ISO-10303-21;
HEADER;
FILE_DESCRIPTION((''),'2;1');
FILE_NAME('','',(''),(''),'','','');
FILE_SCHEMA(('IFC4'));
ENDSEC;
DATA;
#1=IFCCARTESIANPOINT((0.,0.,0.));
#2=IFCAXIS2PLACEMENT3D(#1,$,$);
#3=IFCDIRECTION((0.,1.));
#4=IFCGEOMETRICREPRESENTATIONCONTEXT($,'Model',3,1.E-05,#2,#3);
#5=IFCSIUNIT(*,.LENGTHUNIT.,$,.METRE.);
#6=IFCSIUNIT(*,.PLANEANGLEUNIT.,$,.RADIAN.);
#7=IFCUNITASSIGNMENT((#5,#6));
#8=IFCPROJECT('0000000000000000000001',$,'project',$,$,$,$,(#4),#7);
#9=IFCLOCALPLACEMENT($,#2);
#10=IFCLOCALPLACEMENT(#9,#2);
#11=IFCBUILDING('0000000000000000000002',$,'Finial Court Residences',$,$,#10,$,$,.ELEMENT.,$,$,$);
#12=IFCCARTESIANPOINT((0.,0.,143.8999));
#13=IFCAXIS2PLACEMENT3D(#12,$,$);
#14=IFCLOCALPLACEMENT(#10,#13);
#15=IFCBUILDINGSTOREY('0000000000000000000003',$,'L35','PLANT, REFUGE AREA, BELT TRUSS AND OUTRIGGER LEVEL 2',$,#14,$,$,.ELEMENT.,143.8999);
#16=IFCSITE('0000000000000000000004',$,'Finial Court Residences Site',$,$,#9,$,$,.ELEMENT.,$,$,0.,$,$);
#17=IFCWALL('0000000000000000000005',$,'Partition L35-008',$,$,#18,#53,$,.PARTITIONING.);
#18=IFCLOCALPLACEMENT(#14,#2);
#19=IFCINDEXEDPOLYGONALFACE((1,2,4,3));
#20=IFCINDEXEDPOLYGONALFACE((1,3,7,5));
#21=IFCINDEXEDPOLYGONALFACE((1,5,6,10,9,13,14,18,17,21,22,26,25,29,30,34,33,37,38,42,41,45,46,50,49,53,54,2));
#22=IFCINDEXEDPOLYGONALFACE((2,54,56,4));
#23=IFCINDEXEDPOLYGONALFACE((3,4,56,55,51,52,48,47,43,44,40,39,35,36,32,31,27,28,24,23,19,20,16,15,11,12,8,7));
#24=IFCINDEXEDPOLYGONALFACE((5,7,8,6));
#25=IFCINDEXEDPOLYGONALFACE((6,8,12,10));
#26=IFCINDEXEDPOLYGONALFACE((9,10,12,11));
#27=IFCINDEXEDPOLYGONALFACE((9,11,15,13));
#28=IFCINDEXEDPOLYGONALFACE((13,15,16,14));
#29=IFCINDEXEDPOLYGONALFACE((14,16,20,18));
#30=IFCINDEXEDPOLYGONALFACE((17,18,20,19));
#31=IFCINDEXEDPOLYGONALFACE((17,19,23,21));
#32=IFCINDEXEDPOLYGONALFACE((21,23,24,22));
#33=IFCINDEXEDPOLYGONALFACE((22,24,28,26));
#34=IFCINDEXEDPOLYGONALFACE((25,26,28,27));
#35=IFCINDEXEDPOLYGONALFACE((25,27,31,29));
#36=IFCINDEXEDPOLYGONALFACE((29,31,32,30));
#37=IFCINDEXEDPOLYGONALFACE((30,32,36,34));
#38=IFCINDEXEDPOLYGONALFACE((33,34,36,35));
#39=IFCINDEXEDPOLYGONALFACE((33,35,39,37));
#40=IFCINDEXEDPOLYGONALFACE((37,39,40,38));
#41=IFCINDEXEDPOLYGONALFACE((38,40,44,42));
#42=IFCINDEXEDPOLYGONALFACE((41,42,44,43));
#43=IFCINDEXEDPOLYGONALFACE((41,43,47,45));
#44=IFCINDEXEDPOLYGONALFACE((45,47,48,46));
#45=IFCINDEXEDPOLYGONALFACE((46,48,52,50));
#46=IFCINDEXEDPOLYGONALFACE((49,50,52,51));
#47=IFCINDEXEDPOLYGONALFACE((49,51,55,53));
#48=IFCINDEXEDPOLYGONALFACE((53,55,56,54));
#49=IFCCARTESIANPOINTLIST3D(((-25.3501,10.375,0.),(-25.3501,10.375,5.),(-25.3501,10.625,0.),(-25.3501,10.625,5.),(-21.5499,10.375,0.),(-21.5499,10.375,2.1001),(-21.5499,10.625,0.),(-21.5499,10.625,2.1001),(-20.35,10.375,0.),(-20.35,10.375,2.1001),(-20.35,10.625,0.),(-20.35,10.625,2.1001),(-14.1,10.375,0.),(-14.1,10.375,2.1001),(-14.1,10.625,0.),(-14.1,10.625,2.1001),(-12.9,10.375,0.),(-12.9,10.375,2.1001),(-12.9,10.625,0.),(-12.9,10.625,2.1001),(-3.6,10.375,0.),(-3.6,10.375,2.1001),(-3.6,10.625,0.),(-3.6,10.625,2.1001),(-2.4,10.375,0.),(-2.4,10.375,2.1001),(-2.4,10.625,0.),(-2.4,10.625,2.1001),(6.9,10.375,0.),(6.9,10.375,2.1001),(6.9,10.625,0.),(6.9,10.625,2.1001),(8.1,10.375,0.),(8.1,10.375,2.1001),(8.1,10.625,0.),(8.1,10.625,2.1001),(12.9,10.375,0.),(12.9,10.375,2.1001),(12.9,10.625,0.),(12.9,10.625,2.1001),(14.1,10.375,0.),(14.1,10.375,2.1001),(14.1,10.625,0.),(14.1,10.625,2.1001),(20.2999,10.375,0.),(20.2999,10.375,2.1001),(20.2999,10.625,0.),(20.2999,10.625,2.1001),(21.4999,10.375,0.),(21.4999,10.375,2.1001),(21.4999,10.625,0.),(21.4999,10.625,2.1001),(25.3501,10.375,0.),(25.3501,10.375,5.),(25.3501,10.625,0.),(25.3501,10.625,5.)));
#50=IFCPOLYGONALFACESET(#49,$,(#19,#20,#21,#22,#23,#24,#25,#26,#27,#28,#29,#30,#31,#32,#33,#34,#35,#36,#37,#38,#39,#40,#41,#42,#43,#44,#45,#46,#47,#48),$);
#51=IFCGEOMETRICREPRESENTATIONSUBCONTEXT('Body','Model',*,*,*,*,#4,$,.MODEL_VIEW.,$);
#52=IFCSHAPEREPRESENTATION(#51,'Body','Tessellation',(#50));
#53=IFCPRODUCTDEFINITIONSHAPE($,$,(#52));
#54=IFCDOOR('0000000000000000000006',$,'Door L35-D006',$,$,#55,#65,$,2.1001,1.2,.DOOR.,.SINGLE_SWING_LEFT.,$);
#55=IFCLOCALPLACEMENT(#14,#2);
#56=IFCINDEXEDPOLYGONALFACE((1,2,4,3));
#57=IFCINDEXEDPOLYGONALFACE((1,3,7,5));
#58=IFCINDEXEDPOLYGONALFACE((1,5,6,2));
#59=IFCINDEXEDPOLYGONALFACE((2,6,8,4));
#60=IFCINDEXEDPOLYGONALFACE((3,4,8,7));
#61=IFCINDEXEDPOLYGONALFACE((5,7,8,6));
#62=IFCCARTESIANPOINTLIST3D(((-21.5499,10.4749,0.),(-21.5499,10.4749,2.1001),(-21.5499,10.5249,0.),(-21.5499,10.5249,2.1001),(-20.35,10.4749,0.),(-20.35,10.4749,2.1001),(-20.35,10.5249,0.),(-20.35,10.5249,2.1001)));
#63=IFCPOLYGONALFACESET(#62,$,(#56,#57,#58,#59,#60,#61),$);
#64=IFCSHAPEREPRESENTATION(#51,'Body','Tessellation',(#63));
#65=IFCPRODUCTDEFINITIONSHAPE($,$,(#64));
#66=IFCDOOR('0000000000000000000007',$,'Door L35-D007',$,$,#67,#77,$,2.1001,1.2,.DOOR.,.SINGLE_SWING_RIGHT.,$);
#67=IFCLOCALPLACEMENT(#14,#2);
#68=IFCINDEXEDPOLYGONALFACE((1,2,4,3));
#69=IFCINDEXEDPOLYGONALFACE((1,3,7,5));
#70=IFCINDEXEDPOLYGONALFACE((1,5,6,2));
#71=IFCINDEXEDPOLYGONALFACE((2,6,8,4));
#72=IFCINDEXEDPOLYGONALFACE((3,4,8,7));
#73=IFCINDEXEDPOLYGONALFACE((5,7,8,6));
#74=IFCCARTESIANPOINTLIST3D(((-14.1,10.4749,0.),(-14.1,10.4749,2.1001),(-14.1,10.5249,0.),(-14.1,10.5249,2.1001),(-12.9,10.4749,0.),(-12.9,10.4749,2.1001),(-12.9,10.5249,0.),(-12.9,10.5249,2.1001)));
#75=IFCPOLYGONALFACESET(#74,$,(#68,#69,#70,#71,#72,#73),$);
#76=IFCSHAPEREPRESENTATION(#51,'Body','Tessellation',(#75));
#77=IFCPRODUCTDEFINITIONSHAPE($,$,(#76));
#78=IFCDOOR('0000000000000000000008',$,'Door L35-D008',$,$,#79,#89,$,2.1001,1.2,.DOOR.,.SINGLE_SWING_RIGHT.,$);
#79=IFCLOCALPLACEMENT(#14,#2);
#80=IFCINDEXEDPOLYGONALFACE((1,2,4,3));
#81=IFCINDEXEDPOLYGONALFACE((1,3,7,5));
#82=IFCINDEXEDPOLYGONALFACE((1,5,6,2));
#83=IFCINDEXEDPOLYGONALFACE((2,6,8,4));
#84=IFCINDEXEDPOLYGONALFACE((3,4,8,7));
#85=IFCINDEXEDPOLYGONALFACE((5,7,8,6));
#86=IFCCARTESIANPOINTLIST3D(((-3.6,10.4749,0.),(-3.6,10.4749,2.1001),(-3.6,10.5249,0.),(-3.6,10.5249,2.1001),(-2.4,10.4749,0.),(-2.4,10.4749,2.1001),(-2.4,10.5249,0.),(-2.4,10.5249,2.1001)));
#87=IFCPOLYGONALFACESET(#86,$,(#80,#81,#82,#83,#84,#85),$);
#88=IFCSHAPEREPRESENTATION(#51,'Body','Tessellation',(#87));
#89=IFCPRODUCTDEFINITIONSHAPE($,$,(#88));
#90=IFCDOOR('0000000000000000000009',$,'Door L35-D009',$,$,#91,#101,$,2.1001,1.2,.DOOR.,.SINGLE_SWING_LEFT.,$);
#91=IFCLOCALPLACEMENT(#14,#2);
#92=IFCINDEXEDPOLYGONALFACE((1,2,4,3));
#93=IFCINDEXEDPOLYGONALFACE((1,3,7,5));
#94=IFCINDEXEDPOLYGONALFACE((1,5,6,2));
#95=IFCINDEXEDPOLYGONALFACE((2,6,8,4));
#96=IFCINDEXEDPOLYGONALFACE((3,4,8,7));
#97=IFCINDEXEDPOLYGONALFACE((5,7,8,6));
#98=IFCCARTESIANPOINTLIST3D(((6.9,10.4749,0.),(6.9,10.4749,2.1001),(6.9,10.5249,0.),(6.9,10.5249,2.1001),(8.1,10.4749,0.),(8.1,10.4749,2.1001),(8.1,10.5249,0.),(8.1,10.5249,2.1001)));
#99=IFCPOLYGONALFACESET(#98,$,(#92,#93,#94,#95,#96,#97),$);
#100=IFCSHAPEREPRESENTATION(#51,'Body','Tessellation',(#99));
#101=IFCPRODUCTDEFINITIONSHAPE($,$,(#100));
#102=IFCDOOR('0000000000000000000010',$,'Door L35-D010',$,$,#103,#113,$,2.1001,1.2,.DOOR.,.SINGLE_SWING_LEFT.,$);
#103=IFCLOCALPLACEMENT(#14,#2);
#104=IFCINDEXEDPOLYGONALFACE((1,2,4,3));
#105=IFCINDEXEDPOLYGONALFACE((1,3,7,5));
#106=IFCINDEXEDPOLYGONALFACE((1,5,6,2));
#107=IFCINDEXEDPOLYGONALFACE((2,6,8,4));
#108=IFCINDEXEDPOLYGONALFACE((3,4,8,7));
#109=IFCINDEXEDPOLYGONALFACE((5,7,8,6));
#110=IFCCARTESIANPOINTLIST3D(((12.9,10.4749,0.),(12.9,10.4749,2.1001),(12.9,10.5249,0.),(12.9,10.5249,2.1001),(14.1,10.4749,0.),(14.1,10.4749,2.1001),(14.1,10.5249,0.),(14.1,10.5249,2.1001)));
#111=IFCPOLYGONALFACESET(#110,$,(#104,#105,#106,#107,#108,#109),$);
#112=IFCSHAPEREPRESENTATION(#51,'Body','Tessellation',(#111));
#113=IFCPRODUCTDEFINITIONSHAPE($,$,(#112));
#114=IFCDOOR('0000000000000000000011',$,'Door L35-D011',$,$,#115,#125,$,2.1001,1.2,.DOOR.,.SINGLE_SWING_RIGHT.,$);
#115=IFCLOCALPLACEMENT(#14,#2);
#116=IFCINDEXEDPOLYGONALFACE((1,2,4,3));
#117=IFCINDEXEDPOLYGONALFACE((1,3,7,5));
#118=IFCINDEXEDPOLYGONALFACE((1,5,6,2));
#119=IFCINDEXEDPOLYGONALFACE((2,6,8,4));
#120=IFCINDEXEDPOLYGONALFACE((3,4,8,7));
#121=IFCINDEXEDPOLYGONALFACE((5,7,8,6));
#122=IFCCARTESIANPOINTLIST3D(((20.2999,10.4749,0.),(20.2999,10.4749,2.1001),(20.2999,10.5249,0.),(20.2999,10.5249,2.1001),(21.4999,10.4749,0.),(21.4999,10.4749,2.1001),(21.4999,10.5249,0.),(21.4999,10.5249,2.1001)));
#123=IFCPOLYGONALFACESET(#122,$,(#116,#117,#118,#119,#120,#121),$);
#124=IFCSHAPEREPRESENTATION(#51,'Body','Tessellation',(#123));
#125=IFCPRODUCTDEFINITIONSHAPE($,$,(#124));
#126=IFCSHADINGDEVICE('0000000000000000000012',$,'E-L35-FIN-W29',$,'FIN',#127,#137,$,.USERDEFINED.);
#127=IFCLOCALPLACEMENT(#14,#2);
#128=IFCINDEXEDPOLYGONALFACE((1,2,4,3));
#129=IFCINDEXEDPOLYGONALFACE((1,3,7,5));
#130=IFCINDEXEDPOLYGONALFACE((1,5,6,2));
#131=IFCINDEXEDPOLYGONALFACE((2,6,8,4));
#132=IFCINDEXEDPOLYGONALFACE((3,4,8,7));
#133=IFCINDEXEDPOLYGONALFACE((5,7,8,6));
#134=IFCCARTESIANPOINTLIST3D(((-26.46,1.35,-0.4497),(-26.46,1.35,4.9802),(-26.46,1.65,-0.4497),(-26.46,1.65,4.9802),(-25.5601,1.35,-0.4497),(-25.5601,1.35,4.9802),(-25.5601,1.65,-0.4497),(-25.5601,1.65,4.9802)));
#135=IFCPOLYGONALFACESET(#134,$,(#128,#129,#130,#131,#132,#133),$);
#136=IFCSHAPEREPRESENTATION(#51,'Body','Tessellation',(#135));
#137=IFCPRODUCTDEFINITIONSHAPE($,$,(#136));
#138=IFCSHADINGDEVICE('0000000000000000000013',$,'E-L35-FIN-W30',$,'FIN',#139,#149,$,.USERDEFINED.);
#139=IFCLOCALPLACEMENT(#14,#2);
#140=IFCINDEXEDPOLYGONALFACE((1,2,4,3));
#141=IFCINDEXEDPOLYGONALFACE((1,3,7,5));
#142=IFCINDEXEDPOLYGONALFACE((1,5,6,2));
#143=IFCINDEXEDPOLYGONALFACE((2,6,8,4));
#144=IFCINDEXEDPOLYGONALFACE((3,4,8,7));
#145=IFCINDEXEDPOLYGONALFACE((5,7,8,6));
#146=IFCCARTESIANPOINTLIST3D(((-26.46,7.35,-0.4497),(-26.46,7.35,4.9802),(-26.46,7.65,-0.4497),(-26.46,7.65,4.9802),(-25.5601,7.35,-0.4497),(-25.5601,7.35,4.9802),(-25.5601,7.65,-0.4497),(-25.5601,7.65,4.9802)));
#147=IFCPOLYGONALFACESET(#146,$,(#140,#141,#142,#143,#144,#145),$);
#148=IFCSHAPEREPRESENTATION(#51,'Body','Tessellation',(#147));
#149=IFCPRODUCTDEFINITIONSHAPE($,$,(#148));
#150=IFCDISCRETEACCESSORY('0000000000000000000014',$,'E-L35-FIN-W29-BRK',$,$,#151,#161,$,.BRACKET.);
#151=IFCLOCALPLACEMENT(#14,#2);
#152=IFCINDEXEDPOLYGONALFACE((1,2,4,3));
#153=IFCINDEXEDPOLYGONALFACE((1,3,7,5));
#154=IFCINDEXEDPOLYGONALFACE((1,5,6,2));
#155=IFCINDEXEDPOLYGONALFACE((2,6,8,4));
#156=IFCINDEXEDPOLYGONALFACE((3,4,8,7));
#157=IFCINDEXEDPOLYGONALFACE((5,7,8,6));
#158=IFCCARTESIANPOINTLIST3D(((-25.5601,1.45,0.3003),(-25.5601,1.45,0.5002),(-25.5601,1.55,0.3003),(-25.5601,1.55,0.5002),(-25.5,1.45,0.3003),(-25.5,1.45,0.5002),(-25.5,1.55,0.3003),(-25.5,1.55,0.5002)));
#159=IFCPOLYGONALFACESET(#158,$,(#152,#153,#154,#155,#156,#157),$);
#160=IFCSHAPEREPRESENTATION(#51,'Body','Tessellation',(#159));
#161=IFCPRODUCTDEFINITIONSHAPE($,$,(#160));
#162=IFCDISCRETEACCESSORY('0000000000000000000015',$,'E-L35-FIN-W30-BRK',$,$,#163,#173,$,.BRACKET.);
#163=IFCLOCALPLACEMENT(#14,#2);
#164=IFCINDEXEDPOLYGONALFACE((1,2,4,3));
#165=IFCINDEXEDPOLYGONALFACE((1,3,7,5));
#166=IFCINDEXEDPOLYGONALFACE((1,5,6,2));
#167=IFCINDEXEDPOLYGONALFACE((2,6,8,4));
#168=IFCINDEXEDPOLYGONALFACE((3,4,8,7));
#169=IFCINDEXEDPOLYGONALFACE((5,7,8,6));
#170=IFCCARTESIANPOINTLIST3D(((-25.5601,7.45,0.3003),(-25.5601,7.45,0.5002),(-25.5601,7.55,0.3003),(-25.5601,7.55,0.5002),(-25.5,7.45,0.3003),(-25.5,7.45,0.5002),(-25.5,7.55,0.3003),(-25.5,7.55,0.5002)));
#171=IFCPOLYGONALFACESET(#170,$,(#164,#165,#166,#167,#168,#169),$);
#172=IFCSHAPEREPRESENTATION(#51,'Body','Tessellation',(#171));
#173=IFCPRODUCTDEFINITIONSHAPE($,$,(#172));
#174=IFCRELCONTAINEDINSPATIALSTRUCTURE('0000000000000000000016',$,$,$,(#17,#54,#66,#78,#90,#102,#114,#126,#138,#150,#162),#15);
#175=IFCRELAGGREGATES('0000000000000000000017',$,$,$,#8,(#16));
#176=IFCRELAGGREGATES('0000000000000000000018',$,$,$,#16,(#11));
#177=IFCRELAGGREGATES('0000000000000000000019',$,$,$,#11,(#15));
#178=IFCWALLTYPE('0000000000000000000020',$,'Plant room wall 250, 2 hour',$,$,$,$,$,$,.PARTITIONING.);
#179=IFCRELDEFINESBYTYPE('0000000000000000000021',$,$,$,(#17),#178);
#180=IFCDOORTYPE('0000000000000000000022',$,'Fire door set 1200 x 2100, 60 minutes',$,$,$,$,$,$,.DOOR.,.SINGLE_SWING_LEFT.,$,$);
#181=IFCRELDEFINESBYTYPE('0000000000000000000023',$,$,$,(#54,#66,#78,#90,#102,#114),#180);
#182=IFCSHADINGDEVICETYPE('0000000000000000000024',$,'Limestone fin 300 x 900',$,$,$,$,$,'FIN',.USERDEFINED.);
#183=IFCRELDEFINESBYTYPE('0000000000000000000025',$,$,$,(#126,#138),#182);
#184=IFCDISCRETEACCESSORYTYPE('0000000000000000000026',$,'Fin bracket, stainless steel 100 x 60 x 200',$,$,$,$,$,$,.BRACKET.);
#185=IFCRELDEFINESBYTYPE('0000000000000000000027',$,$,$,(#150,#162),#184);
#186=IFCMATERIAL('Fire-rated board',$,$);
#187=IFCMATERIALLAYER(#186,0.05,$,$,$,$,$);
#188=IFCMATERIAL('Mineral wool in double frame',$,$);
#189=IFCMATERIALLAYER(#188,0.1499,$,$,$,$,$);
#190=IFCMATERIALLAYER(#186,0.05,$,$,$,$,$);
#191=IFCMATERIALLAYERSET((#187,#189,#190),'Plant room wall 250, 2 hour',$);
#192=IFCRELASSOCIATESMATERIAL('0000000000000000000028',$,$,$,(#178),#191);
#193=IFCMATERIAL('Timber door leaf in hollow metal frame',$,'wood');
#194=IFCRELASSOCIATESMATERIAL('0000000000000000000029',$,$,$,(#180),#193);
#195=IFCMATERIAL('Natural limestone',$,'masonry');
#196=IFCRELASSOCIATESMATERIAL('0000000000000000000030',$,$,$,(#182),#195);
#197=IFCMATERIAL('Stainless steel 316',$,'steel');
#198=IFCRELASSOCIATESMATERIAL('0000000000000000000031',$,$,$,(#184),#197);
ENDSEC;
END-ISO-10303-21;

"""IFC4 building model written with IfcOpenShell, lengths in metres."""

from ifc_helpers import new_model, si_unit, direction, frame, frame_2d, origin, origin_2d, place, context, subcontext, project, spatial, rectangle, extrude, material, layer, layer_set, type_object, element, fill, save


model = new_model("IFC4")

# Units and contexts
model_context = context("Model", 3, precision=1e-05, world=origin(), true_north=direction((0.0, 1.0)))
body_context = subcontext(model_context, "Body", "Model", "MODEL_VIEW")
ifc_project = project(units=[si_unit("LENGTHUNIT", "METRE"), si_unit("PLANEANGLEUNIT", "RADIAN")], contexts=[model_context])

# Site, building, storey
site_placement = place(None, origin())
site = spatial("IfcSite", under=ifc_project, at=site_placement, Name="Finial Court Residences Site", CompositionType="ELEMENT", RefElevation=0.0)
building_placement = place(site_placement, origin())
building = spatial("IfcBuilding", under=site, at=building_placement, Name="Finial Court Residences", CompositionType="ELEMENT")
storey_placement = place(building_placement, frame((0.0, 0.0, 143.8999)))
storey = spatial("IfcBuildingStorey", under=building, at=storey_placement, Name="L35", Description="PLANT, REFUGE AREA, BELT TRUSS AND OUTRIGGER LEVEL 2", CompositionType="ELEMENT", Elevation=143.8999)

# Shared definitions
ifc_material_1 = material(Name="Fire-rated board")
ifc_layer_1 = layer(ifc_material_1, 0.05)
ifc_material_2 = material(Name="Mineral wool in double frame")
ifc_layer_2 = layer(ifc_material_2, 0.1499)
ifc_layer_3 = layer(ifc_material_1, 0.05)
ifc_layer_set = layer_set([ifc_layer_1, ifc_layer_2, ifc_layer_3], Name="Plant room wall 250, 2 hour")
wall_type = type_object("IfcWallType", Name="Plant room wall 250, 2 hour", PredefinedType="PARTITIONING", material=ifc_layer_set)

# Wall, openings, doors
wall_1_placement = place(storey_placement, frame((-25.3501, 10.5, 0.0), z_axis=(0.0, 0.0, 1.0), x_axis=(1.0, 0.0, 0.0)))
wall_1 = element("IfcWall", 1, at=wall_1_placement, inside=storey, type_object=wall_type, Name="Partition L35-008", PredefinedType="PARTITIONING", context=body_context, shape_type="SweptSolid", body=[
    extrude(rectangle(XDim=50.7002, YDim=0.25, at=frame_2d((25.3501, 0.0))), origin(), (0.0, 0.0, 1.0), 5.0),
])
opening_1_placement = place(wall_1_placement, frame((3.8, 0.0, 0.0)))
opening_1 = element("IfcOpeningElement", 2, at=opening_1_placement, cuts=wall_1, PredefinedType="OPENING", context=body_context, shape_type="SweptSolid", body=[
    extrude(rectangle(XDim=1.2, YDim=2.1001, at=frame_2d((0.6001, 1.05))), frame((0.0, 0.135, 0.0), z_axis=(0.0, -1.0, 0.0), x_axis=(1.0, 0.0, 0.0)), (0.0, 0.0, 1.0), 0.27),
])
opening_2_placement = place(wall_1_placement, frame((11.25, 0.0, 0.0)))
opening_2 = element("IfcOpeningElement", 3, at=opening_2_placement, cuts=wall_1, PredefinedType="OPENING", context=body_context, shape_type="SweptSolid", body=[
    extrude(rectangle(XDim=1.2, YDim=2.1001, at=frame_2d((0.6001, 1.05))), frame((0.0, 0.135, 0.0), z_axis=(0.0, -1.0, 0.0), x_axis=(1.0, 0.0, 0.0)), (0.0, 0.0, 1.0), 0.27),
])
opening_3_placement = place(wall_1_placement, frame((21.75, 0.0, 0.0)))
opening_3 = element("IfcOpeningElement", 4, at=opening_3_placement, cuts=wall_1, PredefinedType="OPENING", context=body_context, shape_type="SweptSolid", body=[
    extrude(rectangle(XDim=1.2, YDim=2.1001, at=frame_2d((0.6001, 1.05))), frame((0.0, 0.135, 0.0), z_axis=(0.0, -1.0, 0.0), x_axis=(1.0, 0.0, 0.0)), (0.0, 0.0, 1.0), 0.27),
])
opening_4_placement = place(wall_1_placement, frame((32.25, 0.0, 0.0)))
opening_4 = element("IfcOpeningElement", 5, at=opening_4_placement, cuts=wall_1, PredefinedType="OPENING", context=body_context, shape_type="SweptSolid", body=[
    extrude(rectangle(XDim=1.2, YDim=2.1001, at=frame_2d((0.6001, 1.05))), frame((0.0, 0.135, 0.0), z_axis=(0.0, -1.0, 0.0), x_axis=(1.0, 0.0, 0.0)), (0.0, 0.0, 1.0), 0.27),
])
opening_5_placement = place(wall_1_placement, frame((38.25, 0.0, 0.0)))
opening_5 = element("IfcOpeningElement", 6, at=opening_5_placement, cuts=wall_1, PredefinedType="OPENING", context=body_context, shape_type="SweptSolid", body=[
    extrude(rectangle(XDim=1.2, YDim=2.1001, at=frame_2d((0.6001, 1.05))), frame((0.0, 0.135, 0.0), z_axis=(0.0, -1.0, 0.0), x_axis=(1.0, 0.0, 0.0)), (0.0, 0.0, 1.0), 0.27),
])
opening_6_placement = place(wall_1_placement, frame((45.6499, 0.0, 0.0)))
opening_6 = element("IfcOpeningElement", 7, at=opening_6_placement, cuts=wall_1, PredefinedType="OPENING", context=body_context, shape_type="SweptSolid", body=[
    extrude(rectangle(XDim=1.2, YDim=2.1001, at=frame_2d((0.6001, 1.05))), frame((0.0, 0.135, 0.0), z_axis=(0.0, -1.0, 0.0), x_axis=(1.0, 0.0, 0.0)), (0.0, 0.0, 1.0), 0.27),
])
ifc_material_3 = material(Name="Timber door leaf in hollow metal frame", Category="wood")
door_type = type_object("IfcDoorType", Name="Fire door set 1200 x 2100, 60 minutes", OperationType="SINGLE_SWING_LEFT", PredefinedType="DOOR", material=ifc_material_3)
door_1_placement = place(opening_1_placement, origin())
door_1 = element("IfcDoor", 8, at=door_1_placement, inside=storey, type_object=door_type, Name="Door L35-D006", OperationType="SINGLE_SWING_LEFT", OverallHeight=2.1001, OverallWidth=1.2, PredefinedType="DOOR", context=body_context, shape_type="SweptSolid", body=[
    extrude(rectangle(XDim=1.2, YDim=2.1001, at=frame_2d((0.6001, 1.05))), frame((0.0, 0.0249, 0.0), z_axis=(0.0, -1.0, 0.0), x_axis=(1.0, 0.0, 0.0)), (0.0, 0.0, 1.0), 0.05),
])
fill(opening_1, door_1)
door_2_placement = place(opening_2_placement, origin())
door_2 = element("IfcDoor", 9, at=door_2_placement, inside=storey, type_object=door_type, Name="Door L35-D007", OperationType="SINGLE_SWING_RIGHT", OverallHeight=2.1001, OverallWidth=1.2, PredefinedType="DOOR", context=body_context, shape_type="SweptSolid", body=[
    extrude(rectangle(XDim=1.2, YDim=2.1001, at=frame_2d((0.6001, 1.05))), frame((0.0, 0.0249, 0.0), z_axis=(0.0, -1.0, 0.0), x_axis=(1.0, 0.0, 0.0)), (0.0, 0.0, 1.0), 0.05),
])
fill(opening_2, door_2)
door_3_placement = place(opening_3_placement, origin())
door_3 = element("IfcDoor", 10, at=door_3_placement, inside=storey, type_object=door_type, Name="Door L35-D008", OperationType="SINGLE_SWING_RIGHT", OverallHeight=2.1001, OverallWidth=1.2, PredefinedType="DOOR", context=body_context, shape_type="SweptSolid", body=[
    extrude(rectangle(XDim=1.2, YDim=2.1001, at=frame_2d((0.6001, 1.05))), frame((0.0, 0.0249, 0.0), z_axis=(0.0, -1.0, 0.0), x_axis=(1.0, 0.0, 0.0)), (0.0, 0.0, 1.0), 0.05),
])
fill(opening_3, door_3)
door_4_placement = place(opening_4_placement, origin())
door_4 = element("IfcDoor", 11, at=door_4_placement, inside=storey, type_object=door_type, Name="Door L35-D009", OperationType="SINGLE_SWING_LEFT", OverallHeight=2.1001, OverallWidth=1.2, PredefinedType="DOOR", context=body_context, shape_type="SweptSolid", body=[
    extrude(rectangle(XDim=1.2, YDim=2.1001, at=frame_2d((0.6001, 1.05))), frame((0.0, 0.0249, 0.0), z_axis=(0.0, -1.0, 0.0), x_axis=(1.0, 0.0, 0.0)), (0.0, 0.0, 1.0), 0.05),
])
fill(opening_4, door_4)
door_5_placement = place(opening_5_placement, origin())
door_5 = element("IfcDoor", 12, at=door_5_placement, inside=storey, type_object=door_type, Name="Door L35-D010", OperationType="SINGLE_SWING_LEFT", OverallHeight=2.1001, OverallWidth=1.2, PredefinedType="DOOR", context=body_context, shape_type="SweptSolid", body=[
    extrude(rectangle(XDim=1.2, YDim=2.1001, at=frame_2d((0.6001, 1.05))), frame((0.0, 0.0249, 0.0), z_axis=(0.0, -1.0, 0.0), x_axis=(1.0, 0.0, 0.0)), (0.0, 0.0, 1.0), 0.05),
])
fill(opening_5, door_5)
door_6_placement = place(opening_6_placement, origin())
door_6 = element("IfcDoor", 13, at=door_6_placement, inside=storey, type_object=door_type, Name="Door L35-D011", OperationType="SINGLE_SWING_RIGHT", OverallHeight=2.1001, OverallWidth=1.2, PredefinedType="DOOR", context=body_context, shape_type="SweptSolid", body=[
    extrude(rectangle(XDim=1.2, YDim=2.1001, at=frame_2d((0.6001, 1.05))), frame((0.0, 0.0249, 0.0), z_axis=(0.0, -1.0, 0.0), x_axis=(1.0, 0.0, 0.0)), (0.0, 0.0, 1.0), 0.05),
])
fill(opening_6, door_6)

# Shading devices
ifc_material_4 = material(Name="Natural limestone", Category="masonry")
shading_device_type = type_object("IfcShadingDeviceType", Name="Limestone fin 300 x 900", ElementType="FIN", PredefinedType="USERDEFINED", material=ifc_material_4)
for number, where, z_axis, x_axis, name in (
    (14, (-26.01, 1.5, -0.4497), (0.0, 0.0, 1.0), (1.0, 0.0, 0.0), "E-L35-FIN-W29"),
    (15, (-26.01, 7.5, -0.4497), (0.0, 0.0, 1.0), (1.0, 0.0, 0.0), "E-L35-FIN-W30"),
):
    element("IfcShadingDevice", number, at=place(storey_placement, frame(where, z_axis=z_axis, x_axis=x_axis)), inside=storey, type_object=shading_device_type, Name=name, ObjectType="FIN", PredefinedType="USERDEFINED", context=body_context, shape_type="SweptSolid", body=[
        extrude(rectangle(XDim=0.8999, YDim=0.3, at=origin_2d()), origin(), (0.0, 0.0, 1.0), 5.4299),
    ])

# Discrete accessories
ifc_material_5 = material(Name="Stainless steel 316", Category="steel")
discrete_accessory_type = type_object("IfcDiscreteAccessoryType", Name="Fin bracket, stainless steel 100 x 60 x 200", PredefinedType="BRACKET", material=ifc_material_5)
for number, where, z_axis, x_axis, name in (
    (16, (-25.53, 1.5, 0.3003), (0.0, 0.0, 1.0), (1.0, 0.0, 0.0), "E-L35-FIN-W29-BRK"),
    (17, (-25.53, 7.5, 0.3003), (0.0, 0.0, 1.0), (1.0, 0.0, 0.0), "E-L35-FIN-W30-BRK"),
):
    element("IfcDiscreteAccessory", number, at=place(storey_placement, frame(where, z_axis=z_axis, x_axis=x_axis)), inside=storey, type_object=discrete_accessory_type, Name=name, PredefinedType="BRACKET", context=body_context, shape_type="SweptSolid", body=[
        extrude(rectangle(XDim=0.0601, YDim=0.1001, at=origin_2d()), origin(), (0.0, 0.0, 1.0), 0.2),
    ])

save(model, "model.ifc")
